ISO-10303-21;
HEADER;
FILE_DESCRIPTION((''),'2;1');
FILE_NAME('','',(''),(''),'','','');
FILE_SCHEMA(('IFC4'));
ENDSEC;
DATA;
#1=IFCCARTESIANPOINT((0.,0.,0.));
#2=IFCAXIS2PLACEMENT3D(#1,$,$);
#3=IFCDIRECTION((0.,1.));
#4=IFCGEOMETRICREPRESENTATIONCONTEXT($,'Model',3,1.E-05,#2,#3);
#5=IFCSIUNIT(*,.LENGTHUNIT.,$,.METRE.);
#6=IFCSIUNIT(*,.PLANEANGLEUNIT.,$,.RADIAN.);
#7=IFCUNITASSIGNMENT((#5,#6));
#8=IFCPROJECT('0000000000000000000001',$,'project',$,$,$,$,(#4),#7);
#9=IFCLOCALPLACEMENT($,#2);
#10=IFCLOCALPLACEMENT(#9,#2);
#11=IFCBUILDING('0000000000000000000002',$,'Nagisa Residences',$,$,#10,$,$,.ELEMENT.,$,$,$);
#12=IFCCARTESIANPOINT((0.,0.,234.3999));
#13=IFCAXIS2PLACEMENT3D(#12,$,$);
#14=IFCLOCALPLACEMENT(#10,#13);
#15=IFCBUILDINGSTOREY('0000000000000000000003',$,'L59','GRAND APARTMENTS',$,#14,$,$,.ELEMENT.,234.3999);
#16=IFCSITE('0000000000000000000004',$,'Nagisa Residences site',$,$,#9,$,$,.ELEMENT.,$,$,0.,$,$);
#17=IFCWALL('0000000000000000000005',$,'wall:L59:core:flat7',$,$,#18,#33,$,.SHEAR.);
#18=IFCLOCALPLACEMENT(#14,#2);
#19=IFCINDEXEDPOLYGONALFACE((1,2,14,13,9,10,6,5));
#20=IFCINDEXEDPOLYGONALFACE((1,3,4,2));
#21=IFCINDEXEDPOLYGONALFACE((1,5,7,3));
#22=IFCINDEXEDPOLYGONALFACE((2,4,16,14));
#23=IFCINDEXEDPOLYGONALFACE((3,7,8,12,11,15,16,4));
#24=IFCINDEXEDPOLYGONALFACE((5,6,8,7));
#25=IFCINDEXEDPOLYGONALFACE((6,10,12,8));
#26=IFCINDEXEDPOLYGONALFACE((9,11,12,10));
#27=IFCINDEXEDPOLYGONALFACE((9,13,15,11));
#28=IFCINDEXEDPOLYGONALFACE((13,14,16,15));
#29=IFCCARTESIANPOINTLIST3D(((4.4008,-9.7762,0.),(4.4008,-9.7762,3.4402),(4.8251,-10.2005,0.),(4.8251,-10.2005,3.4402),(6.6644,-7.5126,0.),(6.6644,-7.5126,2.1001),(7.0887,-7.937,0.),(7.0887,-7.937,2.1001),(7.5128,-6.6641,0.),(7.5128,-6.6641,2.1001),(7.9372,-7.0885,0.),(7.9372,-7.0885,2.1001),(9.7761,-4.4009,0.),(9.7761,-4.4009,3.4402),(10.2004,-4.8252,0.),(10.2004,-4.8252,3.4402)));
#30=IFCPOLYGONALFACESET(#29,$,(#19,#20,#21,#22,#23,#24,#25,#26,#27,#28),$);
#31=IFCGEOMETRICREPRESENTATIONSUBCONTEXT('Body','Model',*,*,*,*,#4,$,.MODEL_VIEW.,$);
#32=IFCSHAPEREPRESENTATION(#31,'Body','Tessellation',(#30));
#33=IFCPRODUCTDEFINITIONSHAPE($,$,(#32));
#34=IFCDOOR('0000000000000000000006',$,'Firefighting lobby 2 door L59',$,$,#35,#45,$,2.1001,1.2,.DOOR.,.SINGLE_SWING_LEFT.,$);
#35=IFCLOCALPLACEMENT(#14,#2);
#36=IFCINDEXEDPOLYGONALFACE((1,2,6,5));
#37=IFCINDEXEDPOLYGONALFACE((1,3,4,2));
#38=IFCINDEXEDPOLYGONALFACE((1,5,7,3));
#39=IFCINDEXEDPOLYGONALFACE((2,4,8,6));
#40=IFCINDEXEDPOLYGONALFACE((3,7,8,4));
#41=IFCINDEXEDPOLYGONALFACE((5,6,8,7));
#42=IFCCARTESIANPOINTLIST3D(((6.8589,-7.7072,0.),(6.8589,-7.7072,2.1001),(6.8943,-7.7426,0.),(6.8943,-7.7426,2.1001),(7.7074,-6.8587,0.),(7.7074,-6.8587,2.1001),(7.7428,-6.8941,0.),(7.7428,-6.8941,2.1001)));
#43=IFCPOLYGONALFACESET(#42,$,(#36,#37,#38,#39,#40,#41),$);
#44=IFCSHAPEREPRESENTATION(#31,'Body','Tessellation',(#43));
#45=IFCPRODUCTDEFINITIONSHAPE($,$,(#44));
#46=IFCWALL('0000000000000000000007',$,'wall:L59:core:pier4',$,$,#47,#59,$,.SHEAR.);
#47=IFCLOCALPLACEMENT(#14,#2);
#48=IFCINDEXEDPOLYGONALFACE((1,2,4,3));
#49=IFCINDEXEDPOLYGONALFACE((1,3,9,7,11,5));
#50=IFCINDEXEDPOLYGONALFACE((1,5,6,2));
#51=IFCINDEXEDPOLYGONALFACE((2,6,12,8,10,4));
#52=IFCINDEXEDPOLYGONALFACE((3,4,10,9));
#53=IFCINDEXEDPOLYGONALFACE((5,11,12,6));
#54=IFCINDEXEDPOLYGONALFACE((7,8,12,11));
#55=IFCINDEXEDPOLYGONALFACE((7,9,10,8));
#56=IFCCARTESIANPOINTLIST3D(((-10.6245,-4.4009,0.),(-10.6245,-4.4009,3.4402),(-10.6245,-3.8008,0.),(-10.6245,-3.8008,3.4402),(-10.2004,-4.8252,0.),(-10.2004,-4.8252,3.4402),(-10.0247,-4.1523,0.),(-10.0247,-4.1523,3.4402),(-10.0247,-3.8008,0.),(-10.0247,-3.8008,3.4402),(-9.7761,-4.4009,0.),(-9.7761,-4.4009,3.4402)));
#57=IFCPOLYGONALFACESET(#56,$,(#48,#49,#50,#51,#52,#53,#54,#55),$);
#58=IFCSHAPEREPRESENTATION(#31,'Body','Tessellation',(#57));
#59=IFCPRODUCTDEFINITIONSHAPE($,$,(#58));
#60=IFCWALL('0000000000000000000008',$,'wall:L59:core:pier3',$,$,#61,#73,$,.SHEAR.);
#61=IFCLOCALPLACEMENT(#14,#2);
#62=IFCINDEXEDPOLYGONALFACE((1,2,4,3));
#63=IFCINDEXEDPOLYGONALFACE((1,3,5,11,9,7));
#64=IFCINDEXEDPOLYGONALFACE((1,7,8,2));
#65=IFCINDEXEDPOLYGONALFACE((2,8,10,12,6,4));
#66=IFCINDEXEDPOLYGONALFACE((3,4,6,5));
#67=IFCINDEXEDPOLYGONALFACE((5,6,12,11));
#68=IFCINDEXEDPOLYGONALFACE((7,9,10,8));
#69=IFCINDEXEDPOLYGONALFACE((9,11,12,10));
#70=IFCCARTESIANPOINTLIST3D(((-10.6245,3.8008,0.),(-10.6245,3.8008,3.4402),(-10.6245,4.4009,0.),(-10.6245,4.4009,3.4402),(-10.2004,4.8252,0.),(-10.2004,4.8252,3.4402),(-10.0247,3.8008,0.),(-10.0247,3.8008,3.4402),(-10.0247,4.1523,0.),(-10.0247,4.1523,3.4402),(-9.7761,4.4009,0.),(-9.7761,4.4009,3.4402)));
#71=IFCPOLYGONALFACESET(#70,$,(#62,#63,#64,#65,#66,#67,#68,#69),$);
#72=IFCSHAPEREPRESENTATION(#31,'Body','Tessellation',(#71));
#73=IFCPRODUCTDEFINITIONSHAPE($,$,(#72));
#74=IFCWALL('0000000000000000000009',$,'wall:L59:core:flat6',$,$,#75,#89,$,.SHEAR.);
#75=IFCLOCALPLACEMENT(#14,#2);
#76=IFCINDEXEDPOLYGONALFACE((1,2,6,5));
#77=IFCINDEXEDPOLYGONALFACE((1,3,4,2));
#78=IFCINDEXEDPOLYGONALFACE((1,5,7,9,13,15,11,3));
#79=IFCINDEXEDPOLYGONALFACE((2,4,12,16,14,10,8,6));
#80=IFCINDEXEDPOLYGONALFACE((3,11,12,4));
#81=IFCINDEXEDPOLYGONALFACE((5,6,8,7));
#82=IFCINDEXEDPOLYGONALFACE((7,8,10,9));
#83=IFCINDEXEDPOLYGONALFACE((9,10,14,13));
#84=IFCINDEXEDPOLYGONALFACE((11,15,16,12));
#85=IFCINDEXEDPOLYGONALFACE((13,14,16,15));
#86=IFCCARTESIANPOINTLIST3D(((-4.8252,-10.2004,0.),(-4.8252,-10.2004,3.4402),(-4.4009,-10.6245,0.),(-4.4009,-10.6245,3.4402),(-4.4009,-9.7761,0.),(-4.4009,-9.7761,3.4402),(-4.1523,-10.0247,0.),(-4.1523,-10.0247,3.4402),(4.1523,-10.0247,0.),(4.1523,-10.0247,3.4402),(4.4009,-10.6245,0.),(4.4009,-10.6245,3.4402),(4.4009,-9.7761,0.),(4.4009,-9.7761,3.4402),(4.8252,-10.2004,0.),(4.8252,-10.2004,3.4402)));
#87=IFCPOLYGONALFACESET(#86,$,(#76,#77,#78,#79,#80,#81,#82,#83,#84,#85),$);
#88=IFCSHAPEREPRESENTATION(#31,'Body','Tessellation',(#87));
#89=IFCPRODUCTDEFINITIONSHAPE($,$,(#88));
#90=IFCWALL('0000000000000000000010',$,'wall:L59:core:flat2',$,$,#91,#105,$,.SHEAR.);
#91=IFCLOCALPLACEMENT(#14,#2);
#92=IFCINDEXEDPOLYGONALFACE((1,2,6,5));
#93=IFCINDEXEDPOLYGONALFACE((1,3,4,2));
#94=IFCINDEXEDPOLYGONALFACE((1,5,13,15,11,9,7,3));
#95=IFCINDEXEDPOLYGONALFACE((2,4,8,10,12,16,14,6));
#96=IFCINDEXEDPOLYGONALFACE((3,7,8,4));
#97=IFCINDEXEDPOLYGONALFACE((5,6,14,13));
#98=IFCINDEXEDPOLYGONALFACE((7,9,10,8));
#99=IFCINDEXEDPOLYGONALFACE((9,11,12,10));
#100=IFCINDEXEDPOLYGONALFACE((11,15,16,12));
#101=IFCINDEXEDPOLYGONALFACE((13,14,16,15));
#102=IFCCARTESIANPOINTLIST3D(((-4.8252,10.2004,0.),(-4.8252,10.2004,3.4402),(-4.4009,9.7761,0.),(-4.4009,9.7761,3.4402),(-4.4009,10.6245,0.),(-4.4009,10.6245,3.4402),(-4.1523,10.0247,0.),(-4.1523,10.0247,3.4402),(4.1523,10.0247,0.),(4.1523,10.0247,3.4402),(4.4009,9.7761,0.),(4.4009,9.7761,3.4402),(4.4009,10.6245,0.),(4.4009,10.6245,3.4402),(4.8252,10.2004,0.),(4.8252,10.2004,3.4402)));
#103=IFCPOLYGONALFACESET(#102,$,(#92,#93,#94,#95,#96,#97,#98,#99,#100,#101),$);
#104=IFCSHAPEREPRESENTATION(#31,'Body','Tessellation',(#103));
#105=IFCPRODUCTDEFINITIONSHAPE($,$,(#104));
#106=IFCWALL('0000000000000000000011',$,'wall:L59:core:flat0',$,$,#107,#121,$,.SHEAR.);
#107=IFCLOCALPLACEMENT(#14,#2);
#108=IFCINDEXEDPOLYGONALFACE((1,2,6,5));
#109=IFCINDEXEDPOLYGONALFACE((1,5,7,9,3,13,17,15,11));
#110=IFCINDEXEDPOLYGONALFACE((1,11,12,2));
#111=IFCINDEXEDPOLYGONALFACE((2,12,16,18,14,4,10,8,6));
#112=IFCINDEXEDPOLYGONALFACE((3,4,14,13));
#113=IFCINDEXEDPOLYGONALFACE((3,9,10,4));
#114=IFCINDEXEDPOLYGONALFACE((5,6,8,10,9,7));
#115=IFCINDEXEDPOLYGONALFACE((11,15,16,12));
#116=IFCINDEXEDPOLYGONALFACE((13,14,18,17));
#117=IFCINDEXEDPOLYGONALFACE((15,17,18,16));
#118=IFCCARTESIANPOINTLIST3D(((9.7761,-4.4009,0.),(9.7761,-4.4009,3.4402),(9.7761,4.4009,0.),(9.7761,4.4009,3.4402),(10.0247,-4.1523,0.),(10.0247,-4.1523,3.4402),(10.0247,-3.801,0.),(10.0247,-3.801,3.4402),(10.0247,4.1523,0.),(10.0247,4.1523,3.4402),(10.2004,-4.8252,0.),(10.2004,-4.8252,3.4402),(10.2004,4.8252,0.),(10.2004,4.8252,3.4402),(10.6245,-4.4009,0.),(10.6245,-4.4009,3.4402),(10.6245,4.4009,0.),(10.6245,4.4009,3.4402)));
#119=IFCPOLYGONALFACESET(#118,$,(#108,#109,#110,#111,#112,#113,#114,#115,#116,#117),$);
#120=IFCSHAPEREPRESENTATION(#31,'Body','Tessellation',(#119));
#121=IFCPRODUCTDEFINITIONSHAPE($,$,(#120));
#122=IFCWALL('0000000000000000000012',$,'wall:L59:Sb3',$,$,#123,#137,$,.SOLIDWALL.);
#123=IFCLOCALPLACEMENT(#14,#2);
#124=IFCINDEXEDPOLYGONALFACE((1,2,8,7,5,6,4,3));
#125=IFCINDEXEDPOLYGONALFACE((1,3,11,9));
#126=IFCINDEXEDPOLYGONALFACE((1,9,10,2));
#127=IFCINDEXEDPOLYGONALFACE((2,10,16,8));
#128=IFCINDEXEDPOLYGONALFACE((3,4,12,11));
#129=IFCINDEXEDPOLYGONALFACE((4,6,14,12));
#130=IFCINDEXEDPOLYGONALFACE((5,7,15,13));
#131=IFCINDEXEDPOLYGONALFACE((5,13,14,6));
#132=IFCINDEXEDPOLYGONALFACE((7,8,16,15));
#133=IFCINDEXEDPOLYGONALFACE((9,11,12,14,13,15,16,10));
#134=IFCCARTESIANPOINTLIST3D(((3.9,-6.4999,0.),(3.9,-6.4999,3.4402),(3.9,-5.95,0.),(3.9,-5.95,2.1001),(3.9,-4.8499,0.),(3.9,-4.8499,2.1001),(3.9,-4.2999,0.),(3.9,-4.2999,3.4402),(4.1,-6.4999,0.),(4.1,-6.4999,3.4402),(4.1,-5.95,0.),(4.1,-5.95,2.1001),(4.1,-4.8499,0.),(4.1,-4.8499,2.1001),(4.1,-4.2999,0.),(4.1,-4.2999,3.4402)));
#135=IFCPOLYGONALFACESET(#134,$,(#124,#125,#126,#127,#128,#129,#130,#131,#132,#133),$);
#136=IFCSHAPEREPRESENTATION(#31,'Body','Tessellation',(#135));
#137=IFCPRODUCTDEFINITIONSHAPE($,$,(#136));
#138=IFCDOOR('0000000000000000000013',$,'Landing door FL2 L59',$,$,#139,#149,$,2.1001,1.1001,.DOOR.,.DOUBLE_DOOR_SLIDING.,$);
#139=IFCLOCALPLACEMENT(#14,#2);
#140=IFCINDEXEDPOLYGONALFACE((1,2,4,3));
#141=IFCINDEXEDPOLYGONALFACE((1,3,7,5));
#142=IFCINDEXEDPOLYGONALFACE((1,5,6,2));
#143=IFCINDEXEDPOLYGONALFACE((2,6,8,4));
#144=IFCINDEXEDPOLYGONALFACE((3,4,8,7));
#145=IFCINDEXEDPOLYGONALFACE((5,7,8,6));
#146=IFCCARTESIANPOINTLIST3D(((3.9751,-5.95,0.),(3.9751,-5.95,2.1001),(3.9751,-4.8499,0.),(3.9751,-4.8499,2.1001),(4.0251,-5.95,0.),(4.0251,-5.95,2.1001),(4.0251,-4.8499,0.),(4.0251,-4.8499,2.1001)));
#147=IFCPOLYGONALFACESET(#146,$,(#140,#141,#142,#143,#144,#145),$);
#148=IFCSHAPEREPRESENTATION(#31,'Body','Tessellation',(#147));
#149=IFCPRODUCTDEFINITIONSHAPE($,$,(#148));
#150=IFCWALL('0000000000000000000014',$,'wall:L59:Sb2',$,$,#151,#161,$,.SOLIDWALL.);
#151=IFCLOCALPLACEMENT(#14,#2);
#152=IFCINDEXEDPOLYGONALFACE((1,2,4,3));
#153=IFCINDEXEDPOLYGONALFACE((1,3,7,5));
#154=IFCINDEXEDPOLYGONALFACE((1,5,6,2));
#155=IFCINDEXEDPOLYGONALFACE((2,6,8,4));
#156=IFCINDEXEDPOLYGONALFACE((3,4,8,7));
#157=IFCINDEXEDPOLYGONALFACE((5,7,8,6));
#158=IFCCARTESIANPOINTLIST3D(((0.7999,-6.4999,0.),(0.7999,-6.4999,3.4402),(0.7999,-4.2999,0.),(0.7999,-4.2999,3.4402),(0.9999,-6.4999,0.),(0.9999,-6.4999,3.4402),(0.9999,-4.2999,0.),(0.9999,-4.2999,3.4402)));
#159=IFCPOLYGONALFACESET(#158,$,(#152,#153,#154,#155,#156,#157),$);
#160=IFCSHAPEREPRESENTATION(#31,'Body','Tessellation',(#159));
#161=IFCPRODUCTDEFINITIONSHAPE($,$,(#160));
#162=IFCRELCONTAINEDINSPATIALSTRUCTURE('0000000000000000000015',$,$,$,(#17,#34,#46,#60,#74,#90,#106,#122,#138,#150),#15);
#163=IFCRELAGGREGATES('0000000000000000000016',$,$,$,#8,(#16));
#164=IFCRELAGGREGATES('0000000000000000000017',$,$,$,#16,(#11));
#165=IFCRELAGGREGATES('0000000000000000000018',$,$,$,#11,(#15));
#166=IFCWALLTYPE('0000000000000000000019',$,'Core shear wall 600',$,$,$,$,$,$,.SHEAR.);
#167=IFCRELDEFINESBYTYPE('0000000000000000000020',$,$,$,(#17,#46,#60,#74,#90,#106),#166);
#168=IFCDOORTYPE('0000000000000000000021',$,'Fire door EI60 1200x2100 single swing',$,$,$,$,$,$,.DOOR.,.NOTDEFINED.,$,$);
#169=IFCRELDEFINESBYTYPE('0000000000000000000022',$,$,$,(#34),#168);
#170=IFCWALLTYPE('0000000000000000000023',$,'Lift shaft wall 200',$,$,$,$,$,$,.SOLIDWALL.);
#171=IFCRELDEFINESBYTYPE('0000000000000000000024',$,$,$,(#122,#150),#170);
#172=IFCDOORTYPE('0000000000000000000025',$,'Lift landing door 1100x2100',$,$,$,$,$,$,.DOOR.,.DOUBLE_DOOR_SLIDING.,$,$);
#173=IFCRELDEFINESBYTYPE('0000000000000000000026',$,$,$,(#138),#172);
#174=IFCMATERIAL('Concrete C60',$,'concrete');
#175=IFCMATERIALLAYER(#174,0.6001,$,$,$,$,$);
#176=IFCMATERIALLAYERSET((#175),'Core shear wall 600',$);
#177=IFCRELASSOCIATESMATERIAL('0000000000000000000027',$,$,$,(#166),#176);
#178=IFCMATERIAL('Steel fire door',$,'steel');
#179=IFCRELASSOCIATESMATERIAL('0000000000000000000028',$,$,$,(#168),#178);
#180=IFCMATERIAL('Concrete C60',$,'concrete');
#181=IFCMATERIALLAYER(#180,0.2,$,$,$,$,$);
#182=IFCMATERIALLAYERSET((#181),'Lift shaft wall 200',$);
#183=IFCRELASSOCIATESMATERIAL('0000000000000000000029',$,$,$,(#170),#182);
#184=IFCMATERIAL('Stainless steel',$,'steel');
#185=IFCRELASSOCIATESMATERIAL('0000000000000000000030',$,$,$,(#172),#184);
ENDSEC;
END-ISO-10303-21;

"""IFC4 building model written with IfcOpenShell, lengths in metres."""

from ifc_helpers import new_model, si_unit, direction, frame, frame_2d, origin, place, context, subcontext, project, spatial, polyline, rectangle, outline, extrude, material, layer, layer_set, type_object, element, fill, save


model = new_model("IFC4")

# Units and contexts
model_context = context("Model", 3, precision=1e-05, world=origin(), true_north=direction((0.0, 1.0)))
body_context = subcontext(model_context, "Body", "Model", "MODEL_VIEW")
ifc_project = project(units=[si_unit("LENGTHUNIT", "METRE"), si_unit("PLANEANGLEUNIT", "RADIAN")], contexts=[model_context])

# Site, building, storey
site_placement = place(None, origin())
site = spatial("IfcSite", under=ifc_project, at=site_placement, Name="Nagisa Residences site", CompositionType="ELEMENT", RefElevation=0.0)
building_placement = place(site_placement, origin())
building = spatial("IfcBuilding", under=site, at=building_placement, Name="Nagisa Residences", CompositionType="ELEMENT")
storey_placement = place(building_placement, frame((0.0, 0.0, 234.3999)))
storey = spatial("IfcBuildingStorey", under=building, at=storey_placement, Name="L59", Description="GRAND APARTMENTS", CompositionType="ELEMENT", Elevation=234.3999)

# Wall, opening, door
ifc_material_1 = material(Name="Concrete C60", Category="concrete")
ifc_layer_1 = layer(ifc_material_1, 0.6001)
ifc_layer_set_1 = layer_set([ifc_layer_1], Name="Core shear wall 600")
wall_type_1 = type_object("IfcWallType", Name="Core shear wall 600", PredefinedType="SHEAR", material=ifc_layer_set_1)
wall_1_placement = place(storey_placement, frame((4.613, -9.9883, 0.0), z_axis=(0.0, 0.0, 1.0), x_axis=(0.707107, 0.707107, 0.0)))
wall_1 = element("IfcWall", 1, at=wall_1_placement, inside=storey, type_object=wall_type_1, Name="wall:L59:core:flat7", PredefinedType="SHEAR", context=body_context, shape_type="SweptSolid", body=[
    extrude(rectangle(XDim=7.6018, YDim=0.6001, at=frame_2d((3.8008, 0.0))), origin(), (0.0, 0.0, 1.0), 3.4402),
])
opening_1_placement = place(wall_1_placement, frame((3.2009, 0.0, 0.0)))
opening_1 = element("IfcOpeningElement", 2, at=opening_1_placement, cuts=wall_1, PredefinedType="OPENING", context=body_context, shape_type="SweptSolid", body=[
    extrude(rectangle(XDim=1.2, YDim=2.1001, at=frame_2d((0.6001, 1.05))), frame((0.0, 0.3101, 0.0), z_axis=(0.0, -1.0, 0.0), x_axis=(1.0, 0.0, 0.0)), (0.0, 0.0, 1.0), 0.6201),
])
ifc_material_2 = material(Name="Steel fire door", Category="steel")
door_type_1 = type_object("IfcDoorType", Name="Fire door EI60 1200x2100 single swing", OperationType="NOTDEFINED", PredefinedType="DOOR", material=ifc_material_2)
door_1_placement = place(opening_1_placement, origin())
door_1 = element("IfcDoor", 3, at=door_1_placement, inside=storey, type_object=door_type_1, Name="Firefighting lobby 2 door L59", OperationType="SINGLE_SWING_LEFT", OverallHeight=2.1001, OverallWidth=1.2, PredefinedType="DOOR", context=body_context, shape_type="SweptSolid", body=[
    extrude(rectangle(XDim=1.2, YDim=2.1001, at=frame_2d((0.6001, 1.05))), frame((0.0, 0.0249, 0.0), z_axis=(0.0, -1.0, 0.0), x_axis=(1.0, 0.0, 0.0)), (0.0, 0.0, 1.0), 0.05),
])
fill(opening_1, door_1)

# Walls
wall_2_placement = place(storey_placement, origin())
element("IfcWall", 4, at=wall_2_placement, inside=storey, type_object=wall_type_1, Name="wall:L59:core:pier4", PredefinedType="SHEAR", context=body_context, shape_type="SweptSolid", body=[
    extrude(outline(polyline([(-10.6245, -3.8008), (-10.0247, -3.8008), (-10.0247, -4.1523), (-9.7761, -4.4009), (-10.2004, -4.8252), (-10.6245, -4.4009), (-10.6245, -3.8008)])), origin(), (0.0, 0.0, 1.0), 3.4402),
])
wall_3_placement = place(storey_placement, origin())
element("IfcWall", 5, at=wall_3_placement, inside=storey, type_object=wall_type_1, Name="wall:L59:core:pier3", PredefinedType="SHEAR", context=body_context, shape_type="SweptSolid", body=[
    extrude(outline(polyline([(-10.2004, 4.8252), (-9.7761, 4.4009), (-10.0247, 4.1523), (-10.0247, 3.8008), (-10.6245, 3.8008), (-10.6245, 4.4009), (-10.2004, 4.8252)])), origin(), (0.0, 0.0, 1.0), 3.4402),
])
wall_4_placement = place(storey_placement, origin())
element("IfcWall", 6, at=wall_4_placement, inside=storey, type_object=wall_type_1, Name="wall:L59:core:flat6", PredefinedType="SHEAR", context=body_context, shape_type="SweptSolid", body=[
    extrude(outline(polyline([(-4.1523, -10.0247), (4.1523, -10.0247), (4.4009, -9.7761), (4.8252, -10.2004), (4.4009, -10.6245), (-4.4009, -10.6245), (-4.8252, -10.2004), (-4.4009, -9.7761), (-4.1523, -10.0247)])), origin(), (0.0, 0.0, 1.0), 3.4402),
])
wall_5_placement = place(storey_placement, origin())
element("IfcWall", 7, at=wall_5_placement, inside=storey, type_object=wall_type_1, Name="wall:L59:core:flat2", PredefinedType="SHEAR", context=body_context, shape_type="SweptSolid", body=[
    extrude(outline(polyline([(-4.1523, 10.0247), (-4.4009, 9.7761), (-4.8252, 10.2004), (-4.4009, 10.6245), (4.4009, 10.6245), (4.8252, 10.2004), (4.4009, 9.7761), (4.1523, 10.0247), (-4.1523, 10.0247)])), origin(), (0.0, 0.0, 1.0), 3.4402),
])
wall_6_placement = place(storey_placement, origin())
element("IfcWall", 8, at=wall_6_placement, inside=storey, type_object=wall_type_1, Name="wall:L59:core:flat0", PredefinedType="SHEAR", context=body_context, shape_type="SweptSolid", body=[
    extrude(outline(polyline([(9.7761, -4.4009), (10.0247, -4.1523), (10.0247, -3.801), (10.0247, 4.1523), (9.7761, 4.4009), (10.2004, 4.8252), (10.6245, 4.4009), (10.6245, -4.4009), (10.2004, -4.8252), (9.7761, -4.4009)])), origin(), (0.0, 0.0, 1.0), 3.4402),
])

# Wall, opening, door
ifc_material_3 = material(Name="Concrete C60", Category="concrete")
ifc_layer_2 = layer(ifc_material_3, 0.2)
ifc_layer_set_2 = layer_set([ifc_layer_2], Name="Lift shaft wall 200")
wall_type_2 = type_object("IfcWallType", Name="Lift shaft wall 200", PredefinedType="SOLIDWALL", material=ifc_layer_set_2)
wall_7_placement = place(storey_placement, frame((4.0, -6.5, 0.0), z_axis=(0.0, 0.0, 1.0), x_axis=(0.0, 1.0, 0.0)))
wall_7 = element("IfcWall", 9, at=wall_7_placement, inside=storey, type_object=wall_type_2, Name="wall:L59:Sb3", PredefinedType="SOLIDWALL", context=body_context, shape_type="SweptSolid", body=[
    extrude(rectangle(XDim=2.2, YDim=0.2, at=frame_2d((1.1001, 0.0))), origin(), (0.0, 0.0, 1.0), 3.4402),
])
opening_2_placement = place(wall_7_placement, frame((0.55, 0.0, 0.0)))
opening_2 = element("IfcOpeningElement", 10, at=opening_2_placement, cuts=wall_7, PredefinedType="OPENING", context=body_context, shape_type="SweptSolid", body=[
    extrude(rectangle(XDim=1.1001, YDim=2.1001, at=frame_2d((0.55, 1.05))), frame((0.0, 0.1099, 0.0), z_axis=(0.0, -1.0, 0.0), x_axis=(1.0, 0.0, 0.0)), (0.0, 0.0, 1.0), 0.22),
])
ifc_material_4 = material(Name="Stainless steel", Category="steel")
door_type_2 = type_object("IfcDoorType", Name="Lift landing door 1100x2100", OperationType="DOUBLE_DOOR_SLIDING", PredefinedType="DOOR", material=ifc_material_4)
door_2_placement = place(opening_2_placement, origin())
door_2 = element("IfcDoor", 11, at=door_2_placement, inside=storey, type_object=door_type_2, Name="Landing door FL2 L59", OperationType="DOUBLE_DOOR_SLIDING", OverallHeight=2.1001, OverallWidth=1.1001, PredefinedType="DOOR", context=body_context, shape_type="SweptSolid", body=[
    extrude(rectangle(XDim=1.1001, YDim=2.1001, at=frame_2d((0.55, 1.05))), frame((0.0, 0.0249, 0.0), z_axis=(0.0, -1.0, 0.0), x_axis=(1.0, 0.0, 0.0)), (0.0, 0.0, 1.0), 0.05),
])
fill(opening_2, door_2)

# Wall
wall_8_placement = place(storey_placement, frame((0.8999, -6.5, 0.0), z_axis=(0.0, 0.0, 1.0), x_axis=(0.0, 1.0, 0.0)))
element("IfcWall", 12, at=wall_8_placement, inside=storey, type_object=wall_type_2, Name="wall:L59:Sb2", PredefinedType="SOLIDWALL", context=body_context, shape_type="SweptSolid", body=[
    extrude(rectangle(XDim=2.2, YDim=0.2, at=frame_2d((1.1001, 0.0))), origin(), (0.0, 0.0, 1.0), 3.4402),
])

save(model, "model.ifc")
